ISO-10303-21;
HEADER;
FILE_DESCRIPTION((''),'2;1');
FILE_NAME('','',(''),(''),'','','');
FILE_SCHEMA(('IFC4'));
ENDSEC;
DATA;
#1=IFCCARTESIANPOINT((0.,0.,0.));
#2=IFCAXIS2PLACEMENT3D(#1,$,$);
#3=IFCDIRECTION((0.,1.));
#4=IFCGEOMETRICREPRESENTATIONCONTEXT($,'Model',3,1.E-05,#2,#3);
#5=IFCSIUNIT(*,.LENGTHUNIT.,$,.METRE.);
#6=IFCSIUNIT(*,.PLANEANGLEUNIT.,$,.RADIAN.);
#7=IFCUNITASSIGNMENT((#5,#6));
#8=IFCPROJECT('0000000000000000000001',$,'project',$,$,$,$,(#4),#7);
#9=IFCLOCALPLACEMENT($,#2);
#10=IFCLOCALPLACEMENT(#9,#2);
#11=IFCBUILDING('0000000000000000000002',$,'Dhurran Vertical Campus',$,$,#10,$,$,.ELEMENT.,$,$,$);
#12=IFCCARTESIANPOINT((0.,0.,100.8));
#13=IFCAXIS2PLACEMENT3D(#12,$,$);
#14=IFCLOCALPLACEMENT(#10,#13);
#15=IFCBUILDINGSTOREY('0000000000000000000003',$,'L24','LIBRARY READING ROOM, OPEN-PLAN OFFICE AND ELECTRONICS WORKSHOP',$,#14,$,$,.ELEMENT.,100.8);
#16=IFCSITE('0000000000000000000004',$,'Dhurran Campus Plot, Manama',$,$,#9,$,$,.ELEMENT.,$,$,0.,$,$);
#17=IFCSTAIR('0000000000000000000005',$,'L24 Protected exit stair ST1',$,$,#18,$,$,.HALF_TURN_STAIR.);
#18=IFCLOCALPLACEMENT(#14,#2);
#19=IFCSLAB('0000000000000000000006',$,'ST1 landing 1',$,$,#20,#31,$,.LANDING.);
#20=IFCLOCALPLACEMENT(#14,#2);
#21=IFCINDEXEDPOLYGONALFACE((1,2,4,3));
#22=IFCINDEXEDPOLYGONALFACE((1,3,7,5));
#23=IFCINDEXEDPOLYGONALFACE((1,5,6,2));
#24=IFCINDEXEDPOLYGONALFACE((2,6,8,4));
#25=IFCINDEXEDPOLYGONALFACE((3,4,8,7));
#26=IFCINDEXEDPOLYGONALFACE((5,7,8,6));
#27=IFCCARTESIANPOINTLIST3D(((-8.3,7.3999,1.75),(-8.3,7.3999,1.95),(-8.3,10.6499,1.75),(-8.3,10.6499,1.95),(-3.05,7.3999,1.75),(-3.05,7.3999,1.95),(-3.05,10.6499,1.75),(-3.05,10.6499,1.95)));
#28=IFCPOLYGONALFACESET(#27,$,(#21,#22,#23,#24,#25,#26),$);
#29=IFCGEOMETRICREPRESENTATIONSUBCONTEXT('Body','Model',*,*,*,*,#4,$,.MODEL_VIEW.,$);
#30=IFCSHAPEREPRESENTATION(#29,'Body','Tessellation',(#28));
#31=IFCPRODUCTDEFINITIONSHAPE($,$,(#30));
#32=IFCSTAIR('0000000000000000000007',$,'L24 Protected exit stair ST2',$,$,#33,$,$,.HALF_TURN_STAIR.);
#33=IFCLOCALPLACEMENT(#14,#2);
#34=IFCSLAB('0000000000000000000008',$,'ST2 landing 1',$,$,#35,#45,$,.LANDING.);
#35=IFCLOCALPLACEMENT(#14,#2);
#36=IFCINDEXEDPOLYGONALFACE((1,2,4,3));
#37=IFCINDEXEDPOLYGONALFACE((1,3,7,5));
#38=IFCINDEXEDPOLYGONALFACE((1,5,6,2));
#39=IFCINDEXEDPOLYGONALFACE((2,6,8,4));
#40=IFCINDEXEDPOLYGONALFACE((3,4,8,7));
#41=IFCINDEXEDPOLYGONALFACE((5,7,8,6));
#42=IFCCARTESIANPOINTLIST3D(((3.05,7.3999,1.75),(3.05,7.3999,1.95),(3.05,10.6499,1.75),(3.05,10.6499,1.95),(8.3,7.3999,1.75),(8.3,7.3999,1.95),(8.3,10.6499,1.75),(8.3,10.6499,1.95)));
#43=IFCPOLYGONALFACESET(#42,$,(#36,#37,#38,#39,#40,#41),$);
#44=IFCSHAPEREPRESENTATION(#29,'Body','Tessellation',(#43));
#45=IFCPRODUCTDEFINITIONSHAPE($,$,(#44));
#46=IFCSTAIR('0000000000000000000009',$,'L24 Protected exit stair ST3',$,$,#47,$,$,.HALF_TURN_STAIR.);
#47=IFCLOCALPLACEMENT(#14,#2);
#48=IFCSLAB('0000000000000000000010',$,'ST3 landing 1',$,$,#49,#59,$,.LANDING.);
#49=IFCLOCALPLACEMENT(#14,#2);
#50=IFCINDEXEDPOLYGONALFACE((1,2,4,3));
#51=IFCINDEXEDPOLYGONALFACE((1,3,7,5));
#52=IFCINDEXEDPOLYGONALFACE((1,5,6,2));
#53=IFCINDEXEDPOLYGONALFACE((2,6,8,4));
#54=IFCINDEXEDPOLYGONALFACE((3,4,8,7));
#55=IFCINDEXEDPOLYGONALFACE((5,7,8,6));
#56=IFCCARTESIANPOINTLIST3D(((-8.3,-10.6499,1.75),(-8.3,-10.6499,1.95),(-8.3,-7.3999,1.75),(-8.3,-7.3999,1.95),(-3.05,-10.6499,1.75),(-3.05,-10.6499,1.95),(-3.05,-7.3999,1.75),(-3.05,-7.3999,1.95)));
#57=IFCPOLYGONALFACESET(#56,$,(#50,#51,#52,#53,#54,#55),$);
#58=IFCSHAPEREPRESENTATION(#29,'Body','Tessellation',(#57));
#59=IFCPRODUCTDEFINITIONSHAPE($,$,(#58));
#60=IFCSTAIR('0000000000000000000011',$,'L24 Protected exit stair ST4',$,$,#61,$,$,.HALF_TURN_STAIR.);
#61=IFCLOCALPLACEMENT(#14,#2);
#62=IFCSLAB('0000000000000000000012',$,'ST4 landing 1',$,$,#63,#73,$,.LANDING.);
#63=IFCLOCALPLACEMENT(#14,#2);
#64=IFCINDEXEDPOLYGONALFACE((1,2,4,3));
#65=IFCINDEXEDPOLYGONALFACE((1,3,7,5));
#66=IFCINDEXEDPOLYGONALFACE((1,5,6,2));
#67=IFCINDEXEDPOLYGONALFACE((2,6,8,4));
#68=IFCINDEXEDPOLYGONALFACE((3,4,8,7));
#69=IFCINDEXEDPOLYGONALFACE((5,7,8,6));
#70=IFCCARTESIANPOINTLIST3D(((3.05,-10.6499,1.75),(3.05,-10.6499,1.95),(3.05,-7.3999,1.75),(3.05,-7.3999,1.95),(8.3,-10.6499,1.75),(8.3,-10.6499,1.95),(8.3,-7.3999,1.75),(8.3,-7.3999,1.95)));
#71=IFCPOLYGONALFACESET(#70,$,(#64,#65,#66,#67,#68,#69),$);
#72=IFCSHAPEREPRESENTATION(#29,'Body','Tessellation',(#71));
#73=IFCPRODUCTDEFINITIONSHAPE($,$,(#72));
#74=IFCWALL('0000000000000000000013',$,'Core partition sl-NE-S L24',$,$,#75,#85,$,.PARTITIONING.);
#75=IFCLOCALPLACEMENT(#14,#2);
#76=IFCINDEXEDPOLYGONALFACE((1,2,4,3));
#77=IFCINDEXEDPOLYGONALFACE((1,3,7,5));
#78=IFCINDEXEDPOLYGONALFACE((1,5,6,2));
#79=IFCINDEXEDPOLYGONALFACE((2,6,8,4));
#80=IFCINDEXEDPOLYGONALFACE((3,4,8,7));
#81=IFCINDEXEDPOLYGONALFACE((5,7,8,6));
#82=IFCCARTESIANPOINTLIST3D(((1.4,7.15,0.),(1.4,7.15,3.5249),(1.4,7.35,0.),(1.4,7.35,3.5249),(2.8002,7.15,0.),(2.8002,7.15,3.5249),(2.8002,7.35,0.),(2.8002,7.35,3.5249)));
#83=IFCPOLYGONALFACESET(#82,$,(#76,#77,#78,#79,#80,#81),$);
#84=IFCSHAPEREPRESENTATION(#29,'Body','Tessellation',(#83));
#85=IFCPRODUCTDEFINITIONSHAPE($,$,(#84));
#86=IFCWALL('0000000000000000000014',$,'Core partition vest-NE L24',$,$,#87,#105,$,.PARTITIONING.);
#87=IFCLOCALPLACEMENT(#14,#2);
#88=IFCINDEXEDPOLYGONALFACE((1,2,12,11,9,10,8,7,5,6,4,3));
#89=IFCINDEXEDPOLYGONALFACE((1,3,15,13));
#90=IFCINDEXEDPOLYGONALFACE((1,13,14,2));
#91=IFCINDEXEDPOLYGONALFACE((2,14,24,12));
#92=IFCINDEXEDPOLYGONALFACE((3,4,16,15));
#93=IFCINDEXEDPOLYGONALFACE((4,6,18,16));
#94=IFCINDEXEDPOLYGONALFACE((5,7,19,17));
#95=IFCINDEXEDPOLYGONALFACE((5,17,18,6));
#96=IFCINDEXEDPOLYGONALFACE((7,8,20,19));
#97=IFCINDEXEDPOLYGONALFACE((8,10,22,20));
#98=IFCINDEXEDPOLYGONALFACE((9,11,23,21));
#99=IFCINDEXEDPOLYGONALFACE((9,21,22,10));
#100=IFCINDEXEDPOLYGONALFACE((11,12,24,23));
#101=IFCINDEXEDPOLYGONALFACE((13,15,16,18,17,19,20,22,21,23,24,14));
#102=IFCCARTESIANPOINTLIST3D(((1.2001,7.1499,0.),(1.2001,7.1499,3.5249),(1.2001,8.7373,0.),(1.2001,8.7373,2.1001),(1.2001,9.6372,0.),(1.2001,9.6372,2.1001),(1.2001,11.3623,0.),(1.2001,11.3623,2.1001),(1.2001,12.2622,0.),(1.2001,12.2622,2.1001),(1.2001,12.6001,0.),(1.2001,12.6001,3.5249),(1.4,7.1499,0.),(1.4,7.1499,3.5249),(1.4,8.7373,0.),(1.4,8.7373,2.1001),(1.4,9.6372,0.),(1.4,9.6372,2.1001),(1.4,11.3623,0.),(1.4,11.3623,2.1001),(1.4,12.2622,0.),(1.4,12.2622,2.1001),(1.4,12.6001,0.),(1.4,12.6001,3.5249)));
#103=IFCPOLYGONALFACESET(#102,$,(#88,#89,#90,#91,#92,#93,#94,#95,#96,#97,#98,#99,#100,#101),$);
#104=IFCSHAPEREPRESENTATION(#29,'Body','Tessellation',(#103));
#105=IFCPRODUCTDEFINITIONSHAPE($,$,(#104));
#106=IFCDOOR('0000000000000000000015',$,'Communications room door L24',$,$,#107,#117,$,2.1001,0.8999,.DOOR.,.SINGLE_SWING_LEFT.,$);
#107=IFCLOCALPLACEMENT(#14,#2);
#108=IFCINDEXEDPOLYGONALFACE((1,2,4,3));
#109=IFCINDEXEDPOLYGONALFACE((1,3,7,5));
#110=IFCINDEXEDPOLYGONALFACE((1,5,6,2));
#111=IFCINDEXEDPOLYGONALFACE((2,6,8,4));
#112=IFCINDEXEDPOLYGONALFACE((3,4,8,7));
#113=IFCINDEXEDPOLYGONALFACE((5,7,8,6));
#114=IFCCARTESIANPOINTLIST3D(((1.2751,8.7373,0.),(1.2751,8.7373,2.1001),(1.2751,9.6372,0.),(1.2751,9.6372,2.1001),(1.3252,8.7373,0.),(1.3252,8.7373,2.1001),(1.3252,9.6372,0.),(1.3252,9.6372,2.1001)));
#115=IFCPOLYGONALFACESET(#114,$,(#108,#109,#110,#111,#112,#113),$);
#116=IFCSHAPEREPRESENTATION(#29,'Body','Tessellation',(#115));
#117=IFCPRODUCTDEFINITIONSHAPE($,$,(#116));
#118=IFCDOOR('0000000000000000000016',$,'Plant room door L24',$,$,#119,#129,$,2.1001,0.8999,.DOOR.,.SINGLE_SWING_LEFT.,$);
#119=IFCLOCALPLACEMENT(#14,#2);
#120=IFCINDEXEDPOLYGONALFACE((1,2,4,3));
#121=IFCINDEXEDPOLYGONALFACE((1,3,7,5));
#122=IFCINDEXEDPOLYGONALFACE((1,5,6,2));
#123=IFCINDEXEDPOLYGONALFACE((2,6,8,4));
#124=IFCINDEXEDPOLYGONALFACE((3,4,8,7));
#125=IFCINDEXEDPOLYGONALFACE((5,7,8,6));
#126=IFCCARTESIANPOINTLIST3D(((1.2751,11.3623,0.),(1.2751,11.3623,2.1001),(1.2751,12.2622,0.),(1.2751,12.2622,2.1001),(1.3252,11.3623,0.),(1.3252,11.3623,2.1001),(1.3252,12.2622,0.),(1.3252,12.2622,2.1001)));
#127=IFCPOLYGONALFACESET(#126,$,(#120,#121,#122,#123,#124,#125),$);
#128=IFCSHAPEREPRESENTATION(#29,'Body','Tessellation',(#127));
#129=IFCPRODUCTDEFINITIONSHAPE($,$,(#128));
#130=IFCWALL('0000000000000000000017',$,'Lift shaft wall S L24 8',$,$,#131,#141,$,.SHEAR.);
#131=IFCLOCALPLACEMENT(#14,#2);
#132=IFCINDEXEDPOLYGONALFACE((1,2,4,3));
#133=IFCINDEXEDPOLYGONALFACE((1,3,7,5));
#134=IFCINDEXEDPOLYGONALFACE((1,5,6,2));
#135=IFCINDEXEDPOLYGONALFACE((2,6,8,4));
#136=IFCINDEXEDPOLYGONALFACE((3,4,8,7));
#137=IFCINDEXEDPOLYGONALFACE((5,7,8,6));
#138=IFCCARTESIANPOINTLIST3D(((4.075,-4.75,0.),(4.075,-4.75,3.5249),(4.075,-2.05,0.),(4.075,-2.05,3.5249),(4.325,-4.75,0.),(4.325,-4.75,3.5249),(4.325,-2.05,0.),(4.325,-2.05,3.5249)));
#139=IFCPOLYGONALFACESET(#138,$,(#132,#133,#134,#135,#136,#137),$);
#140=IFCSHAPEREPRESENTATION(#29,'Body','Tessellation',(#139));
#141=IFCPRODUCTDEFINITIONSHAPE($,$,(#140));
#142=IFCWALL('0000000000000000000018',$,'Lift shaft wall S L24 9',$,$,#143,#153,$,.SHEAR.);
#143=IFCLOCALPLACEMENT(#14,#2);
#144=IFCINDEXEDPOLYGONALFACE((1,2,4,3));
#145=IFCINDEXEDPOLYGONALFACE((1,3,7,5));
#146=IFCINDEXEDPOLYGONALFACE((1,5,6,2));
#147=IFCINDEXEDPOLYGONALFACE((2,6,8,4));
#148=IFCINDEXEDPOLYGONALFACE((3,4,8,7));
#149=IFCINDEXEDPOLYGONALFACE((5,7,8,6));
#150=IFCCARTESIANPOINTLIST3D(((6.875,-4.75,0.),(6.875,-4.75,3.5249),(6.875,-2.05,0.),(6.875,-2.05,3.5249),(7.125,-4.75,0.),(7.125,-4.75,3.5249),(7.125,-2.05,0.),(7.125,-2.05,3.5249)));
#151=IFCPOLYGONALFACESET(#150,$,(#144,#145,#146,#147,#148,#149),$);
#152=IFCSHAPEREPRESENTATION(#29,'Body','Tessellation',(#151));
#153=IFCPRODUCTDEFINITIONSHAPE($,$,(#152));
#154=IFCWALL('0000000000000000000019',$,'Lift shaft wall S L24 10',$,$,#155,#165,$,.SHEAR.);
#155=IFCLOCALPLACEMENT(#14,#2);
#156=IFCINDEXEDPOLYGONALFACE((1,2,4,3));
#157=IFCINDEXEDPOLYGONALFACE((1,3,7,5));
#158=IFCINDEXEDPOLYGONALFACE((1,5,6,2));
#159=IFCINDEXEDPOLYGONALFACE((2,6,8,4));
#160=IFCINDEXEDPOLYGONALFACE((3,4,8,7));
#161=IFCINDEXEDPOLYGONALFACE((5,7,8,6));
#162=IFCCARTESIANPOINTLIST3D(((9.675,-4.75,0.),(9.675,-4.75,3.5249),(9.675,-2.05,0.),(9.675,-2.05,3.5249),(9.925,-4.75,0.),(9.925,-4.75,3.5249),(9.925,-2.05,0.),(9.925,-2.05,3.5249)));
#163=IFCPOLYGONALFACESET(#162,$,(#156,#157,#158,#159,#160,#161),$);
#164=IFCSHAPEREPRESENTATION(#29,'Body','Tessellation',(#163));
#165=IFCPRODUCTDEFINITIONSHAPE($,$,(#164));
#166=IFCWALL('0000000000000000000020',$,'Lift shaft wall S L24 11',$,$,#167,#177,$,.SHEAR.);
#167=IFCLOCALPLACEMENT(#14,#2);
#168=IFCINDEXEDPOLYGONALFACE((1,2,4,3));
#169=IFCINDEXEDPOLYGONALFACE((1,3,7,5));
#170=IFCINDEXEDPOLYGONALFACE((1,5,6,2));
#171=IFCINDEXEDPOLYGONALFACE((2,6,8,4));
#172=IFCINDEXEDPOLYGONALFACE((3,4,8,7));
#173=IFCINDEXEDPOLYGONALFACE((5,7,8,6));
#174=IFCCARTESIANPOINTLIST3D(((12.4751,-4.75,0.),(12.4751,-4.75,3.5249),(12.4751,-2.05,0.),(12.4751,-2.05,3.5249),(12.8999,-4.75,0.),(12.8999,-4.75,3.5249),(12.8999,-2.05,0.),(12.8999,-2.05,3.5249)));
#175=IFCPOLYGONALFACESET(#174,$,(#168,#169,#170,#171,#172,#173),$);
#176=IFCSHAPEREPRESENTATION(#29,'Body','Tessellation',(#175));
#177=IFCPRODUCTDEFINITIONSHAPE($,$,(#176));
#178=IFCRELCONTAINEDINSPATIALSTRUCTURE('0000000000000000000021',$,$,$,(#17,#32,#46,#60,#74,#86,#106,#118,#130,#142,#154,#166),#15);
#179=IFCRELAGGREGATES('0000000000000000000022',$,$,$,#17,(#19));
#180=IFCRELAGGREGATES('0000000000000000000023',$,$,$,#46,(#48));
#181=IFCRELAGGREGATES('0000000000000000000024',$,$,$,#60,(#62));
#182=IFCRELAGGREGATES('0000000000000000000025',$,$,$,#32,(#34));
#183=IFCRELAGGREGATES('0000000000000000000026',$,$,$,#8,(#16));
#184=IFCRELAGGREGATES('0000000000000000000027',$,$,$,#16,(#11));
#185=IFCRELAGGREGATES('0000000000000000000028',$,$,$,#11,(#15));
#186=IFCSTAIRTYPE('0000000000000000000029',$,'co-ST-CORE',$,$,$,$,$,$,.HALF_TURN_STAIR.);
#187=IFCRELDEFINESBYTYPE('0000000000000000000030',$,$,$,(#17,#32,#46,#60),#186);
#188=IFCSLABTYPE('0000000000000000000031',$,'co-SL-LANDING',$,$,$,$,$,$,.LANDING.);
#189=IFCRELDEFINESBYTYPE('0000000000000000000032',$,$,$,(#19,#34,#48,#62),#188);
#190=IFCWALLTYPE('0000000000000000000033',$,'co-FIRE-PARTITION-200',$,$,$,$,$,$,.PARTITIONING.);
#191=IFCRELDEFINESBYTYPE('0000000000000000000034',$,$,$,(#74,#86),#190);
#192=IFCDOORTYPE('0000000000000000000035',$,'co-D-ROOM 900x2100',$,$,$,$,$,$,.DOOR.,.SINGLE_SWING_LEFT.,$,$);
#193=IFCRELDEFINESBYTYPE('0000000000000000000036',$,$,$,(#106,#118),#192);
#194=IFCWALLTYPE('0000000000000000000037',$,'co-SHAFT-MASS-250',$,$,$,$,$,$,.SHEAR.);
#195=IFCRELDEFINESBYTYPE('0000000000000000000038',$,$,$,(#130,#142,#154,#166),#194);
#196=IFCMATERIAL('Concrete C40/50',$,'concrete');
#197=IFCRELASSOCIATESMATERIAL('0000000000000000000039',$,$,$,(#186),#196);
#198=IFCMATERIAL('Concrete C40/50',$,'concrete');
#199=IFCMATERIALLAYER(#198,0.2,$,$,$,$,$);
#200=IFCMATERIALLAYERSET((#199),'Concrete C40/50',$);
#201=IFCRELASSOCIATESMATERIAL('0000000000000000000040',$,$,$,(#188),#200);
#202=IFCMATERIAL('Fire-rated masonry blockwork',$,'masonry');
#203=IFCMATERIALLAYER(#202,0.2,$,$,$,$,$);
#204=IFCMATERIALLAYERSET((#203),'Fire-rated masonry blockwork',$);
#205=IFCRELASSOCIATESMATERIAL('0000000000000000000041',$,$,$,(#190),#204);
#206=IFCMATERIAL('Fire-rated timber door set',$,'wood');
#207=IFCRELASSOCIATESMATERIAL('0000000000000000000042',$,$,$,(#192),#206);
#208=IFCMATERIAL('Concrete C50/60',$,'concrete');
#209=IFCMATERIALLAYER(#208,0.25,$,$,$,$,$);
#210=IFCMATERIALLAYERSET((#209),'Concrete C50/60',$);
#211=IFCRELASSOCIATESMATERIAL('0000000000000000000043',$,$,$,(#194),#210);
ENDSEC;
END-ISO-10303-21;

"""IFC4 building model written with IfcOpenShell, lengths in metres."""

from ifc_helpers import new_model, si_unit, direction, frame, frame_2d, origin, place, context, subcontext, project, spatial, polyline, rectangle, outline, extrude, material, layer, layer_set, type_object, element, fill, aggregate, save


model = new_model("IFC4")

# Units and contexts
model_context = context("Model", 3, precision=1e-05, world=origin(), true_north=direction((0.0, 1.0)))
body_context = subcontext(model_context, "Body", "Model", "MODEL_VIEW")
ifc_project = project(units=[si_unit("LENGTHUNIT", "METRE"), si_unit("PLANEANGLEUNIT", "RADIAN")], contexts=[model_context])

# Site, building, storey
site_placement = place(None, origin())
site = spatial("IfcSite", under=ifc_project, at=site_placement, Name="Dhurran Campus Plot, Manama", CompositionType="ELEMENT", RefElevation=0.0)
building_placement = place(site_placement, origin())
building = spatial("IfcBuilding", under=site, at=building_placement, Name="Dhurran Vertical Campus", CompositionType="ELEMENT")
storey_placement = place(building_placement, frame((0.0, 0.0, 100.8)))
storey = spatial("IfcBuildingStorey", under=building, at=storey_placement, Name="L24", Description="LIBRARY READING ROOM, OPEN-PLAN OFFICE AND ELECTRONICS WORKSHOP", CompositionType="ELEMENT", Elevation=100.8)

# Stairs, slabs
ifc_material_1 = material(Name="Concrete C40/50", Category="concrete")
stair_type = type_object("IfcStairType", Name="co-ST-CORE", PredefinedType="HALF_TURN_STAIR", material=ifc_material_1)
stair_1_placement = place(storey_placement, origin())
stair_1 = element("IfcStair", 1, at=stair_1_placement, inside=storey, type_object=stair_type, Name="L24 Protected exit stair ST1", PredefinedType="HALF_TURN_STAIR")
ifc_material_2 = material(Name="Concrete C40/50", Category="concrete")
ifc_layer_1 = layer(ifc_material_2, 0.2)
ifc_layer_set_1 = layer_set([ifc_layer_1], Name="Concrete C40/50")
slab_type = type_object("IfcSlabType", Name="co-SL-LANDING", PredefinedType="LANDING", material=ifc_layer_set_1)
slab_1_placement = place(storey_placement, frame((0.0, 0.0, 1.75)))
slab_1 = element("IfcSlab", 2, at=slab_1_placement, type_object=slab_type, Name="ST1 landing 1", PredefinedType="LANDING", context=body_context, shape_type="SweptSolid", body=[
    extrude(outline(polyline([(-8.3, 7.3999), (-3.05, 7.3999), (-3.05, 10.6499), (-8.3, 10.6499), (-8.3, 7.3999)])), origin(), (0.0, 0.0, 1.0), 0.2),
])
aggregate(stair_1, [slab_1])
stair_2_placement = place(storey_placement, origin())
stair_2 = element("IfcStair", 3, at=stair_2_placement, inside=storey, type_object=stair_type, Name="L24 Protected exit stair ST2", PredefinedType="HALF_TURN_STAIR")
slab_2_placement = place(storey_placement, frame((0.0, 0.0, 1.75)))
slab_2 = element("IfcSlab", 4, at=slab_2_placement, type_object=slab_type, Name="ST2 landing 1", PredefinedType="LANDING", context=body_context, shape_type="SweptSolid", body=[
    extrude(outline(polyline([(8.3, 10.6499), (3.05, 10.6499), (3.05, 7.3999), (8.3, 7.3999), (8.3, 10.6499)])), origin(), (0.0, 0.0, 1.0), 0.2),
])
stair_3_placement = place(storey_placement, origin())
stair_3 = element("IfcStair", 5, at=stair_3_placement, inside=storey, type_object=stair_type, Name="L24 Protected exit stair ST3", PredefinedType="HALF_TURN_STAIR")
slab_3_placement = place(storey_placement, frame((0.0, 0.0, 1.75)))
slab_3 = element("IfcSlab", 6, at=slab_3_placement, type_object=slab_type, Name="ST3 landing 1", PredefinedType="LANDING", context=body_context, shape_type="SweptSolid", body=[
    extrude(outline(polyline([(-8.3, -10.6499), (-3.05, -10.6499), (-3.05, -7.3999), (-8.3, -7.3999), (-8.3, -10.6499)])), origin(), (0.0, 0.0, 1.0), 0.2),
])
aggregate(stair_3, [slab_3])
stair_4_placement = place(storey_placement, origin())
stair_4 = element("IfcStair", 7, at=stair_4_placement, inside=storey, type_object=stair_type, Name="L24 Protected exit stair ST4", PredefinedType="HALF_TURN_STAIR")
slab_4_placement = place(storey_placement, frame((0.0, 0.0, 1.75)))
slab_4 = element("IfcSlab", 8, at=slab_4_placement, type_object=slab_type, Name="ST4 landing 1", PredefinedType="LANDING", context=body_context, shape_type="SweptSolid", body=[
    extrude(outline(polyline([(8.3, -7.3999), (3.05, -7.3999), (3.05, -10.6499), (8.3, -10.6499), (8.3, -7.3999)])), origin(), (0.0, 0.0, 1.0), 0.2),
])
aggregate(stair_4, [slab_4])

# Wall
ifc_material_3 = material(Name="Fire-rated masonry blockwork", Category="masonry")
ifc_layer_2 = layer(ifc_material_3, 0.2)
ifc_layer_set_2 = layer_set([ifc_layer_2], Name="Fire-rated masonry blockwork")
wall_type_1 = type_object("IfcWallType", Name="co-FIRE-PARTITION-200", PredefinedType="PARTITIONING", material=ifc_layer_set_2)
wall_1_placement = place(storey_placement, frame((1.3999, 7.25, 0.0), z_axis=(0.0, 0.0, 1.0), x_axis=(1.0, 0.0, 0.0)))
element("IfcWall", 9, at=wall_1_placement, inside=storey, type_object=wall_type_1, Name="Core partition sl-NE-S L24", PredefinedType="PARTITIONING", context=body_context, shape_type="SweptSolid", body=[
    extrude(rectangle(XDim=1.4001, YDim=0.2, at=frame_2d((0.7002, 0.0))), origin(), (0.0, 0.0, 1.0), 3.5249),
])

# Wall, openings, doors
wall_2_placement = place(storey_placement, frame((1.3, 7.1499, 0.0), z_axis=(0.0, 0.0, 1.0), x_axis=(0.0, 1.0, 0.0)))
wall_2 = element("IfcWall", 10, at=wall_2_placement, inside=storey, type_object=wall_type_1, Name="Core partition vest-NE L24", PredefinedType="PARTITIONING", context=body_context, shape_type="SweptSolid", body=[
    extrude(rectangle(XDim=5.4502, YDim=0.2, at=frame_2d((2.7251, 0.0))), origin(), (0.0, 0.0, 1.0), 3.5249),
])
opening_1_placement = place(wall_2_placement, frame((1.5874, 0.0, 0.0)))
opening_1 = element("IfcOpeningElement", 11, at=opening_1_placement, cuts=wall_2, PredefinedType="OPENING", context=body_context, shape_type="SweptSolid", body=[
    extrude(rectangle(XDim=0.8999, YDim=2.1001, at=frame_2d((0.45, 1.05))), frame((0.0, 0.1099, 0.0), z_axis=(0.0, -1.0, 0.0), x_axis=(1.0, 0.0, 0.0)), (0.0, 0.0, 1.0), 0.22),
])
opening_2_placement = place(wall_2_placement, frame((4.2124, 0.0, 0.0)))
opening_2 = element("IfcOpeningElement", 12, at=opening_2_placement, cuts=wall_2, PredefinedType="OPENING", context=body_context, shape_type="SweptSolid", body=[
    extrude(rectangle(XDim=0.8999, YDim=2.1001, at=frame_2d((0.45, 1.05))), frame((0.0, 0.1099, 0.0), z_axis=(0.0, -1.0, 0.0), x_axis=(1.0, 0.0, 0.0)), (0.0, 0.0, 1.0), 0.22),
])
ifc_material_4 = material(Name="Fire-rated timber door set", Category="wood")
door_type_1 = type_object("IfcDoorType", Name="co-D-ROOM 900x2100", OperationType="SINGLE_SWING_LEFT", PredefinedType="DOOR", material=ifc_material_4)
door_1_placement = place(opening_1_placement, origin())
door_1 = element("IfcDoor", 13, at=door_1_placement, inside=storey, type_object=door_type_1, Name="Communications room door L24", OperationType="SINGLE_SWING_LEFT", OverallHeight=2.1001, OverallWidth=0.8999, PredefinedType="DOOR", context=body_context, shape_type="SweptSolid", body=[
    extrude(rectangle(XDim=0.8999, YDim=2.1001, at=frame_2d((0.45, 1.05))), frame((0.0, 0.0249, 0.0), z_axis=(0.0, -1.0, 0.0), x_axis=(1.0, 0.0, 0.0)), (0.0, 0.0, 1.0), 0.05),
])
fill(opening_1, door_1)
door_2_placement = place(opening_2_placement, origin())
door_2 = element("IfcDoor", 14, at=door_2_placement, inside=storey, type_object=door_type_1, Name="Plant room door L24", OperationType="SINGLE_SWING_LEFT", OverallHeight=2.1001, OverallWidth=0.8999, PredefinedType="DOOR", context=body_context, shape_type="SweptSolid", body=[
    extrude(rectangle(XDim=0.8999, YDim=2.1001, at=frame_2d((0.45, 1.05))), frame((0.0, 0.0249, 0.0), z_axis=(0.0, -1.0, 0.0), x_axis=(1.0, 0.0, 0.0)), (0.0, 0.0, 1.0), 0.05),
])
fill(opening_2, door_2)

# Walls
ifc_material_5 = material(Name="Concrete C50/60", Category="concrete")
ifc_layer_3 = layer(ifc_material_5, 0.25)
ifc_layer_set_3 = layer_set([ifc_layer_3], Name="Concrete C50/60")
wall_type_2 = type_object("IfcWallType", Name="co-SHAFT-MASS-250", PredefinedType="SHEAR", material=ifc_layer_set_3)
wall_3_placement = place(storey_placement, origin())
element("IfcWall", 15, at=wall_3_placement, inside=storey, type_object=wall_type_2, Name="Lift shaft wall S L24 8", PredefinedType="SHEAR", context=body_context, shape_type="SweptSolid", body=[
    extrude(outline(polyline([(4.075, -4.75), (4.325, -4.75), (4.325, -2.05), (4.075, -2.05), (4.075, -4.75)])), origin(), (0.0, 0.0, 1.0), 3.5249),
])
wall_4_placement = place(storey_placement, origin())
element("IfcWall", 16, at=wall_4_placement, inside=storey, type_object=wall_type_2, Name="Lift shaft wall S L24 9", PredefinedType="SHEAR", context=body_context, shape_type="SweptSolid", body=[
    extrude(outline(polyline([(6.875, -4.75), (7.125, -4.75), (7.125, -2.05), (6.875, -2.05), (6.875, -4.75)])), origin(), (0.0, 0.0, 1.0), 3.5249),
])
wall_5_placement = place(storey_placement, origin())
element("IfcWall", 17, at=wall_5_placement, inside=storey, type_object=wall_type_2, Name="Lift shaft wall S L24 10", PredefinedType="SHEAR", context=body_context, shape_type="SweptSolid", body=[
    extrude(outline(polyline([(9.675, -4.75), (9.925, -4.75), (9.925, -2.05), (9.675, -2.05), (9.675, -4.75)])), origin(), (0.0, 0.0, 1.0), 3.5249),
])
wall_6_placement = place(storey_placement, origin())
element("IfcWall", 18, at=wall_6_placement, inside=storey, type_object=wall_type_2, Name="Lift shaft wall S L24 11", PredefinedType="SHEAR", context=body_context, shape_type="SweptSolid", body=[
    extrude(outline(polyline([(12.4751, -4.75), (12.8999, -4.75), (12.8999, -2.05), (12.4751, -2.05), (12.4751, -4.75)])), origin(), (0.0, 0.0, 1.0), 3.5249),
])

aggregate(stair_2, [slab_2])

save(model, "model.ifc")
